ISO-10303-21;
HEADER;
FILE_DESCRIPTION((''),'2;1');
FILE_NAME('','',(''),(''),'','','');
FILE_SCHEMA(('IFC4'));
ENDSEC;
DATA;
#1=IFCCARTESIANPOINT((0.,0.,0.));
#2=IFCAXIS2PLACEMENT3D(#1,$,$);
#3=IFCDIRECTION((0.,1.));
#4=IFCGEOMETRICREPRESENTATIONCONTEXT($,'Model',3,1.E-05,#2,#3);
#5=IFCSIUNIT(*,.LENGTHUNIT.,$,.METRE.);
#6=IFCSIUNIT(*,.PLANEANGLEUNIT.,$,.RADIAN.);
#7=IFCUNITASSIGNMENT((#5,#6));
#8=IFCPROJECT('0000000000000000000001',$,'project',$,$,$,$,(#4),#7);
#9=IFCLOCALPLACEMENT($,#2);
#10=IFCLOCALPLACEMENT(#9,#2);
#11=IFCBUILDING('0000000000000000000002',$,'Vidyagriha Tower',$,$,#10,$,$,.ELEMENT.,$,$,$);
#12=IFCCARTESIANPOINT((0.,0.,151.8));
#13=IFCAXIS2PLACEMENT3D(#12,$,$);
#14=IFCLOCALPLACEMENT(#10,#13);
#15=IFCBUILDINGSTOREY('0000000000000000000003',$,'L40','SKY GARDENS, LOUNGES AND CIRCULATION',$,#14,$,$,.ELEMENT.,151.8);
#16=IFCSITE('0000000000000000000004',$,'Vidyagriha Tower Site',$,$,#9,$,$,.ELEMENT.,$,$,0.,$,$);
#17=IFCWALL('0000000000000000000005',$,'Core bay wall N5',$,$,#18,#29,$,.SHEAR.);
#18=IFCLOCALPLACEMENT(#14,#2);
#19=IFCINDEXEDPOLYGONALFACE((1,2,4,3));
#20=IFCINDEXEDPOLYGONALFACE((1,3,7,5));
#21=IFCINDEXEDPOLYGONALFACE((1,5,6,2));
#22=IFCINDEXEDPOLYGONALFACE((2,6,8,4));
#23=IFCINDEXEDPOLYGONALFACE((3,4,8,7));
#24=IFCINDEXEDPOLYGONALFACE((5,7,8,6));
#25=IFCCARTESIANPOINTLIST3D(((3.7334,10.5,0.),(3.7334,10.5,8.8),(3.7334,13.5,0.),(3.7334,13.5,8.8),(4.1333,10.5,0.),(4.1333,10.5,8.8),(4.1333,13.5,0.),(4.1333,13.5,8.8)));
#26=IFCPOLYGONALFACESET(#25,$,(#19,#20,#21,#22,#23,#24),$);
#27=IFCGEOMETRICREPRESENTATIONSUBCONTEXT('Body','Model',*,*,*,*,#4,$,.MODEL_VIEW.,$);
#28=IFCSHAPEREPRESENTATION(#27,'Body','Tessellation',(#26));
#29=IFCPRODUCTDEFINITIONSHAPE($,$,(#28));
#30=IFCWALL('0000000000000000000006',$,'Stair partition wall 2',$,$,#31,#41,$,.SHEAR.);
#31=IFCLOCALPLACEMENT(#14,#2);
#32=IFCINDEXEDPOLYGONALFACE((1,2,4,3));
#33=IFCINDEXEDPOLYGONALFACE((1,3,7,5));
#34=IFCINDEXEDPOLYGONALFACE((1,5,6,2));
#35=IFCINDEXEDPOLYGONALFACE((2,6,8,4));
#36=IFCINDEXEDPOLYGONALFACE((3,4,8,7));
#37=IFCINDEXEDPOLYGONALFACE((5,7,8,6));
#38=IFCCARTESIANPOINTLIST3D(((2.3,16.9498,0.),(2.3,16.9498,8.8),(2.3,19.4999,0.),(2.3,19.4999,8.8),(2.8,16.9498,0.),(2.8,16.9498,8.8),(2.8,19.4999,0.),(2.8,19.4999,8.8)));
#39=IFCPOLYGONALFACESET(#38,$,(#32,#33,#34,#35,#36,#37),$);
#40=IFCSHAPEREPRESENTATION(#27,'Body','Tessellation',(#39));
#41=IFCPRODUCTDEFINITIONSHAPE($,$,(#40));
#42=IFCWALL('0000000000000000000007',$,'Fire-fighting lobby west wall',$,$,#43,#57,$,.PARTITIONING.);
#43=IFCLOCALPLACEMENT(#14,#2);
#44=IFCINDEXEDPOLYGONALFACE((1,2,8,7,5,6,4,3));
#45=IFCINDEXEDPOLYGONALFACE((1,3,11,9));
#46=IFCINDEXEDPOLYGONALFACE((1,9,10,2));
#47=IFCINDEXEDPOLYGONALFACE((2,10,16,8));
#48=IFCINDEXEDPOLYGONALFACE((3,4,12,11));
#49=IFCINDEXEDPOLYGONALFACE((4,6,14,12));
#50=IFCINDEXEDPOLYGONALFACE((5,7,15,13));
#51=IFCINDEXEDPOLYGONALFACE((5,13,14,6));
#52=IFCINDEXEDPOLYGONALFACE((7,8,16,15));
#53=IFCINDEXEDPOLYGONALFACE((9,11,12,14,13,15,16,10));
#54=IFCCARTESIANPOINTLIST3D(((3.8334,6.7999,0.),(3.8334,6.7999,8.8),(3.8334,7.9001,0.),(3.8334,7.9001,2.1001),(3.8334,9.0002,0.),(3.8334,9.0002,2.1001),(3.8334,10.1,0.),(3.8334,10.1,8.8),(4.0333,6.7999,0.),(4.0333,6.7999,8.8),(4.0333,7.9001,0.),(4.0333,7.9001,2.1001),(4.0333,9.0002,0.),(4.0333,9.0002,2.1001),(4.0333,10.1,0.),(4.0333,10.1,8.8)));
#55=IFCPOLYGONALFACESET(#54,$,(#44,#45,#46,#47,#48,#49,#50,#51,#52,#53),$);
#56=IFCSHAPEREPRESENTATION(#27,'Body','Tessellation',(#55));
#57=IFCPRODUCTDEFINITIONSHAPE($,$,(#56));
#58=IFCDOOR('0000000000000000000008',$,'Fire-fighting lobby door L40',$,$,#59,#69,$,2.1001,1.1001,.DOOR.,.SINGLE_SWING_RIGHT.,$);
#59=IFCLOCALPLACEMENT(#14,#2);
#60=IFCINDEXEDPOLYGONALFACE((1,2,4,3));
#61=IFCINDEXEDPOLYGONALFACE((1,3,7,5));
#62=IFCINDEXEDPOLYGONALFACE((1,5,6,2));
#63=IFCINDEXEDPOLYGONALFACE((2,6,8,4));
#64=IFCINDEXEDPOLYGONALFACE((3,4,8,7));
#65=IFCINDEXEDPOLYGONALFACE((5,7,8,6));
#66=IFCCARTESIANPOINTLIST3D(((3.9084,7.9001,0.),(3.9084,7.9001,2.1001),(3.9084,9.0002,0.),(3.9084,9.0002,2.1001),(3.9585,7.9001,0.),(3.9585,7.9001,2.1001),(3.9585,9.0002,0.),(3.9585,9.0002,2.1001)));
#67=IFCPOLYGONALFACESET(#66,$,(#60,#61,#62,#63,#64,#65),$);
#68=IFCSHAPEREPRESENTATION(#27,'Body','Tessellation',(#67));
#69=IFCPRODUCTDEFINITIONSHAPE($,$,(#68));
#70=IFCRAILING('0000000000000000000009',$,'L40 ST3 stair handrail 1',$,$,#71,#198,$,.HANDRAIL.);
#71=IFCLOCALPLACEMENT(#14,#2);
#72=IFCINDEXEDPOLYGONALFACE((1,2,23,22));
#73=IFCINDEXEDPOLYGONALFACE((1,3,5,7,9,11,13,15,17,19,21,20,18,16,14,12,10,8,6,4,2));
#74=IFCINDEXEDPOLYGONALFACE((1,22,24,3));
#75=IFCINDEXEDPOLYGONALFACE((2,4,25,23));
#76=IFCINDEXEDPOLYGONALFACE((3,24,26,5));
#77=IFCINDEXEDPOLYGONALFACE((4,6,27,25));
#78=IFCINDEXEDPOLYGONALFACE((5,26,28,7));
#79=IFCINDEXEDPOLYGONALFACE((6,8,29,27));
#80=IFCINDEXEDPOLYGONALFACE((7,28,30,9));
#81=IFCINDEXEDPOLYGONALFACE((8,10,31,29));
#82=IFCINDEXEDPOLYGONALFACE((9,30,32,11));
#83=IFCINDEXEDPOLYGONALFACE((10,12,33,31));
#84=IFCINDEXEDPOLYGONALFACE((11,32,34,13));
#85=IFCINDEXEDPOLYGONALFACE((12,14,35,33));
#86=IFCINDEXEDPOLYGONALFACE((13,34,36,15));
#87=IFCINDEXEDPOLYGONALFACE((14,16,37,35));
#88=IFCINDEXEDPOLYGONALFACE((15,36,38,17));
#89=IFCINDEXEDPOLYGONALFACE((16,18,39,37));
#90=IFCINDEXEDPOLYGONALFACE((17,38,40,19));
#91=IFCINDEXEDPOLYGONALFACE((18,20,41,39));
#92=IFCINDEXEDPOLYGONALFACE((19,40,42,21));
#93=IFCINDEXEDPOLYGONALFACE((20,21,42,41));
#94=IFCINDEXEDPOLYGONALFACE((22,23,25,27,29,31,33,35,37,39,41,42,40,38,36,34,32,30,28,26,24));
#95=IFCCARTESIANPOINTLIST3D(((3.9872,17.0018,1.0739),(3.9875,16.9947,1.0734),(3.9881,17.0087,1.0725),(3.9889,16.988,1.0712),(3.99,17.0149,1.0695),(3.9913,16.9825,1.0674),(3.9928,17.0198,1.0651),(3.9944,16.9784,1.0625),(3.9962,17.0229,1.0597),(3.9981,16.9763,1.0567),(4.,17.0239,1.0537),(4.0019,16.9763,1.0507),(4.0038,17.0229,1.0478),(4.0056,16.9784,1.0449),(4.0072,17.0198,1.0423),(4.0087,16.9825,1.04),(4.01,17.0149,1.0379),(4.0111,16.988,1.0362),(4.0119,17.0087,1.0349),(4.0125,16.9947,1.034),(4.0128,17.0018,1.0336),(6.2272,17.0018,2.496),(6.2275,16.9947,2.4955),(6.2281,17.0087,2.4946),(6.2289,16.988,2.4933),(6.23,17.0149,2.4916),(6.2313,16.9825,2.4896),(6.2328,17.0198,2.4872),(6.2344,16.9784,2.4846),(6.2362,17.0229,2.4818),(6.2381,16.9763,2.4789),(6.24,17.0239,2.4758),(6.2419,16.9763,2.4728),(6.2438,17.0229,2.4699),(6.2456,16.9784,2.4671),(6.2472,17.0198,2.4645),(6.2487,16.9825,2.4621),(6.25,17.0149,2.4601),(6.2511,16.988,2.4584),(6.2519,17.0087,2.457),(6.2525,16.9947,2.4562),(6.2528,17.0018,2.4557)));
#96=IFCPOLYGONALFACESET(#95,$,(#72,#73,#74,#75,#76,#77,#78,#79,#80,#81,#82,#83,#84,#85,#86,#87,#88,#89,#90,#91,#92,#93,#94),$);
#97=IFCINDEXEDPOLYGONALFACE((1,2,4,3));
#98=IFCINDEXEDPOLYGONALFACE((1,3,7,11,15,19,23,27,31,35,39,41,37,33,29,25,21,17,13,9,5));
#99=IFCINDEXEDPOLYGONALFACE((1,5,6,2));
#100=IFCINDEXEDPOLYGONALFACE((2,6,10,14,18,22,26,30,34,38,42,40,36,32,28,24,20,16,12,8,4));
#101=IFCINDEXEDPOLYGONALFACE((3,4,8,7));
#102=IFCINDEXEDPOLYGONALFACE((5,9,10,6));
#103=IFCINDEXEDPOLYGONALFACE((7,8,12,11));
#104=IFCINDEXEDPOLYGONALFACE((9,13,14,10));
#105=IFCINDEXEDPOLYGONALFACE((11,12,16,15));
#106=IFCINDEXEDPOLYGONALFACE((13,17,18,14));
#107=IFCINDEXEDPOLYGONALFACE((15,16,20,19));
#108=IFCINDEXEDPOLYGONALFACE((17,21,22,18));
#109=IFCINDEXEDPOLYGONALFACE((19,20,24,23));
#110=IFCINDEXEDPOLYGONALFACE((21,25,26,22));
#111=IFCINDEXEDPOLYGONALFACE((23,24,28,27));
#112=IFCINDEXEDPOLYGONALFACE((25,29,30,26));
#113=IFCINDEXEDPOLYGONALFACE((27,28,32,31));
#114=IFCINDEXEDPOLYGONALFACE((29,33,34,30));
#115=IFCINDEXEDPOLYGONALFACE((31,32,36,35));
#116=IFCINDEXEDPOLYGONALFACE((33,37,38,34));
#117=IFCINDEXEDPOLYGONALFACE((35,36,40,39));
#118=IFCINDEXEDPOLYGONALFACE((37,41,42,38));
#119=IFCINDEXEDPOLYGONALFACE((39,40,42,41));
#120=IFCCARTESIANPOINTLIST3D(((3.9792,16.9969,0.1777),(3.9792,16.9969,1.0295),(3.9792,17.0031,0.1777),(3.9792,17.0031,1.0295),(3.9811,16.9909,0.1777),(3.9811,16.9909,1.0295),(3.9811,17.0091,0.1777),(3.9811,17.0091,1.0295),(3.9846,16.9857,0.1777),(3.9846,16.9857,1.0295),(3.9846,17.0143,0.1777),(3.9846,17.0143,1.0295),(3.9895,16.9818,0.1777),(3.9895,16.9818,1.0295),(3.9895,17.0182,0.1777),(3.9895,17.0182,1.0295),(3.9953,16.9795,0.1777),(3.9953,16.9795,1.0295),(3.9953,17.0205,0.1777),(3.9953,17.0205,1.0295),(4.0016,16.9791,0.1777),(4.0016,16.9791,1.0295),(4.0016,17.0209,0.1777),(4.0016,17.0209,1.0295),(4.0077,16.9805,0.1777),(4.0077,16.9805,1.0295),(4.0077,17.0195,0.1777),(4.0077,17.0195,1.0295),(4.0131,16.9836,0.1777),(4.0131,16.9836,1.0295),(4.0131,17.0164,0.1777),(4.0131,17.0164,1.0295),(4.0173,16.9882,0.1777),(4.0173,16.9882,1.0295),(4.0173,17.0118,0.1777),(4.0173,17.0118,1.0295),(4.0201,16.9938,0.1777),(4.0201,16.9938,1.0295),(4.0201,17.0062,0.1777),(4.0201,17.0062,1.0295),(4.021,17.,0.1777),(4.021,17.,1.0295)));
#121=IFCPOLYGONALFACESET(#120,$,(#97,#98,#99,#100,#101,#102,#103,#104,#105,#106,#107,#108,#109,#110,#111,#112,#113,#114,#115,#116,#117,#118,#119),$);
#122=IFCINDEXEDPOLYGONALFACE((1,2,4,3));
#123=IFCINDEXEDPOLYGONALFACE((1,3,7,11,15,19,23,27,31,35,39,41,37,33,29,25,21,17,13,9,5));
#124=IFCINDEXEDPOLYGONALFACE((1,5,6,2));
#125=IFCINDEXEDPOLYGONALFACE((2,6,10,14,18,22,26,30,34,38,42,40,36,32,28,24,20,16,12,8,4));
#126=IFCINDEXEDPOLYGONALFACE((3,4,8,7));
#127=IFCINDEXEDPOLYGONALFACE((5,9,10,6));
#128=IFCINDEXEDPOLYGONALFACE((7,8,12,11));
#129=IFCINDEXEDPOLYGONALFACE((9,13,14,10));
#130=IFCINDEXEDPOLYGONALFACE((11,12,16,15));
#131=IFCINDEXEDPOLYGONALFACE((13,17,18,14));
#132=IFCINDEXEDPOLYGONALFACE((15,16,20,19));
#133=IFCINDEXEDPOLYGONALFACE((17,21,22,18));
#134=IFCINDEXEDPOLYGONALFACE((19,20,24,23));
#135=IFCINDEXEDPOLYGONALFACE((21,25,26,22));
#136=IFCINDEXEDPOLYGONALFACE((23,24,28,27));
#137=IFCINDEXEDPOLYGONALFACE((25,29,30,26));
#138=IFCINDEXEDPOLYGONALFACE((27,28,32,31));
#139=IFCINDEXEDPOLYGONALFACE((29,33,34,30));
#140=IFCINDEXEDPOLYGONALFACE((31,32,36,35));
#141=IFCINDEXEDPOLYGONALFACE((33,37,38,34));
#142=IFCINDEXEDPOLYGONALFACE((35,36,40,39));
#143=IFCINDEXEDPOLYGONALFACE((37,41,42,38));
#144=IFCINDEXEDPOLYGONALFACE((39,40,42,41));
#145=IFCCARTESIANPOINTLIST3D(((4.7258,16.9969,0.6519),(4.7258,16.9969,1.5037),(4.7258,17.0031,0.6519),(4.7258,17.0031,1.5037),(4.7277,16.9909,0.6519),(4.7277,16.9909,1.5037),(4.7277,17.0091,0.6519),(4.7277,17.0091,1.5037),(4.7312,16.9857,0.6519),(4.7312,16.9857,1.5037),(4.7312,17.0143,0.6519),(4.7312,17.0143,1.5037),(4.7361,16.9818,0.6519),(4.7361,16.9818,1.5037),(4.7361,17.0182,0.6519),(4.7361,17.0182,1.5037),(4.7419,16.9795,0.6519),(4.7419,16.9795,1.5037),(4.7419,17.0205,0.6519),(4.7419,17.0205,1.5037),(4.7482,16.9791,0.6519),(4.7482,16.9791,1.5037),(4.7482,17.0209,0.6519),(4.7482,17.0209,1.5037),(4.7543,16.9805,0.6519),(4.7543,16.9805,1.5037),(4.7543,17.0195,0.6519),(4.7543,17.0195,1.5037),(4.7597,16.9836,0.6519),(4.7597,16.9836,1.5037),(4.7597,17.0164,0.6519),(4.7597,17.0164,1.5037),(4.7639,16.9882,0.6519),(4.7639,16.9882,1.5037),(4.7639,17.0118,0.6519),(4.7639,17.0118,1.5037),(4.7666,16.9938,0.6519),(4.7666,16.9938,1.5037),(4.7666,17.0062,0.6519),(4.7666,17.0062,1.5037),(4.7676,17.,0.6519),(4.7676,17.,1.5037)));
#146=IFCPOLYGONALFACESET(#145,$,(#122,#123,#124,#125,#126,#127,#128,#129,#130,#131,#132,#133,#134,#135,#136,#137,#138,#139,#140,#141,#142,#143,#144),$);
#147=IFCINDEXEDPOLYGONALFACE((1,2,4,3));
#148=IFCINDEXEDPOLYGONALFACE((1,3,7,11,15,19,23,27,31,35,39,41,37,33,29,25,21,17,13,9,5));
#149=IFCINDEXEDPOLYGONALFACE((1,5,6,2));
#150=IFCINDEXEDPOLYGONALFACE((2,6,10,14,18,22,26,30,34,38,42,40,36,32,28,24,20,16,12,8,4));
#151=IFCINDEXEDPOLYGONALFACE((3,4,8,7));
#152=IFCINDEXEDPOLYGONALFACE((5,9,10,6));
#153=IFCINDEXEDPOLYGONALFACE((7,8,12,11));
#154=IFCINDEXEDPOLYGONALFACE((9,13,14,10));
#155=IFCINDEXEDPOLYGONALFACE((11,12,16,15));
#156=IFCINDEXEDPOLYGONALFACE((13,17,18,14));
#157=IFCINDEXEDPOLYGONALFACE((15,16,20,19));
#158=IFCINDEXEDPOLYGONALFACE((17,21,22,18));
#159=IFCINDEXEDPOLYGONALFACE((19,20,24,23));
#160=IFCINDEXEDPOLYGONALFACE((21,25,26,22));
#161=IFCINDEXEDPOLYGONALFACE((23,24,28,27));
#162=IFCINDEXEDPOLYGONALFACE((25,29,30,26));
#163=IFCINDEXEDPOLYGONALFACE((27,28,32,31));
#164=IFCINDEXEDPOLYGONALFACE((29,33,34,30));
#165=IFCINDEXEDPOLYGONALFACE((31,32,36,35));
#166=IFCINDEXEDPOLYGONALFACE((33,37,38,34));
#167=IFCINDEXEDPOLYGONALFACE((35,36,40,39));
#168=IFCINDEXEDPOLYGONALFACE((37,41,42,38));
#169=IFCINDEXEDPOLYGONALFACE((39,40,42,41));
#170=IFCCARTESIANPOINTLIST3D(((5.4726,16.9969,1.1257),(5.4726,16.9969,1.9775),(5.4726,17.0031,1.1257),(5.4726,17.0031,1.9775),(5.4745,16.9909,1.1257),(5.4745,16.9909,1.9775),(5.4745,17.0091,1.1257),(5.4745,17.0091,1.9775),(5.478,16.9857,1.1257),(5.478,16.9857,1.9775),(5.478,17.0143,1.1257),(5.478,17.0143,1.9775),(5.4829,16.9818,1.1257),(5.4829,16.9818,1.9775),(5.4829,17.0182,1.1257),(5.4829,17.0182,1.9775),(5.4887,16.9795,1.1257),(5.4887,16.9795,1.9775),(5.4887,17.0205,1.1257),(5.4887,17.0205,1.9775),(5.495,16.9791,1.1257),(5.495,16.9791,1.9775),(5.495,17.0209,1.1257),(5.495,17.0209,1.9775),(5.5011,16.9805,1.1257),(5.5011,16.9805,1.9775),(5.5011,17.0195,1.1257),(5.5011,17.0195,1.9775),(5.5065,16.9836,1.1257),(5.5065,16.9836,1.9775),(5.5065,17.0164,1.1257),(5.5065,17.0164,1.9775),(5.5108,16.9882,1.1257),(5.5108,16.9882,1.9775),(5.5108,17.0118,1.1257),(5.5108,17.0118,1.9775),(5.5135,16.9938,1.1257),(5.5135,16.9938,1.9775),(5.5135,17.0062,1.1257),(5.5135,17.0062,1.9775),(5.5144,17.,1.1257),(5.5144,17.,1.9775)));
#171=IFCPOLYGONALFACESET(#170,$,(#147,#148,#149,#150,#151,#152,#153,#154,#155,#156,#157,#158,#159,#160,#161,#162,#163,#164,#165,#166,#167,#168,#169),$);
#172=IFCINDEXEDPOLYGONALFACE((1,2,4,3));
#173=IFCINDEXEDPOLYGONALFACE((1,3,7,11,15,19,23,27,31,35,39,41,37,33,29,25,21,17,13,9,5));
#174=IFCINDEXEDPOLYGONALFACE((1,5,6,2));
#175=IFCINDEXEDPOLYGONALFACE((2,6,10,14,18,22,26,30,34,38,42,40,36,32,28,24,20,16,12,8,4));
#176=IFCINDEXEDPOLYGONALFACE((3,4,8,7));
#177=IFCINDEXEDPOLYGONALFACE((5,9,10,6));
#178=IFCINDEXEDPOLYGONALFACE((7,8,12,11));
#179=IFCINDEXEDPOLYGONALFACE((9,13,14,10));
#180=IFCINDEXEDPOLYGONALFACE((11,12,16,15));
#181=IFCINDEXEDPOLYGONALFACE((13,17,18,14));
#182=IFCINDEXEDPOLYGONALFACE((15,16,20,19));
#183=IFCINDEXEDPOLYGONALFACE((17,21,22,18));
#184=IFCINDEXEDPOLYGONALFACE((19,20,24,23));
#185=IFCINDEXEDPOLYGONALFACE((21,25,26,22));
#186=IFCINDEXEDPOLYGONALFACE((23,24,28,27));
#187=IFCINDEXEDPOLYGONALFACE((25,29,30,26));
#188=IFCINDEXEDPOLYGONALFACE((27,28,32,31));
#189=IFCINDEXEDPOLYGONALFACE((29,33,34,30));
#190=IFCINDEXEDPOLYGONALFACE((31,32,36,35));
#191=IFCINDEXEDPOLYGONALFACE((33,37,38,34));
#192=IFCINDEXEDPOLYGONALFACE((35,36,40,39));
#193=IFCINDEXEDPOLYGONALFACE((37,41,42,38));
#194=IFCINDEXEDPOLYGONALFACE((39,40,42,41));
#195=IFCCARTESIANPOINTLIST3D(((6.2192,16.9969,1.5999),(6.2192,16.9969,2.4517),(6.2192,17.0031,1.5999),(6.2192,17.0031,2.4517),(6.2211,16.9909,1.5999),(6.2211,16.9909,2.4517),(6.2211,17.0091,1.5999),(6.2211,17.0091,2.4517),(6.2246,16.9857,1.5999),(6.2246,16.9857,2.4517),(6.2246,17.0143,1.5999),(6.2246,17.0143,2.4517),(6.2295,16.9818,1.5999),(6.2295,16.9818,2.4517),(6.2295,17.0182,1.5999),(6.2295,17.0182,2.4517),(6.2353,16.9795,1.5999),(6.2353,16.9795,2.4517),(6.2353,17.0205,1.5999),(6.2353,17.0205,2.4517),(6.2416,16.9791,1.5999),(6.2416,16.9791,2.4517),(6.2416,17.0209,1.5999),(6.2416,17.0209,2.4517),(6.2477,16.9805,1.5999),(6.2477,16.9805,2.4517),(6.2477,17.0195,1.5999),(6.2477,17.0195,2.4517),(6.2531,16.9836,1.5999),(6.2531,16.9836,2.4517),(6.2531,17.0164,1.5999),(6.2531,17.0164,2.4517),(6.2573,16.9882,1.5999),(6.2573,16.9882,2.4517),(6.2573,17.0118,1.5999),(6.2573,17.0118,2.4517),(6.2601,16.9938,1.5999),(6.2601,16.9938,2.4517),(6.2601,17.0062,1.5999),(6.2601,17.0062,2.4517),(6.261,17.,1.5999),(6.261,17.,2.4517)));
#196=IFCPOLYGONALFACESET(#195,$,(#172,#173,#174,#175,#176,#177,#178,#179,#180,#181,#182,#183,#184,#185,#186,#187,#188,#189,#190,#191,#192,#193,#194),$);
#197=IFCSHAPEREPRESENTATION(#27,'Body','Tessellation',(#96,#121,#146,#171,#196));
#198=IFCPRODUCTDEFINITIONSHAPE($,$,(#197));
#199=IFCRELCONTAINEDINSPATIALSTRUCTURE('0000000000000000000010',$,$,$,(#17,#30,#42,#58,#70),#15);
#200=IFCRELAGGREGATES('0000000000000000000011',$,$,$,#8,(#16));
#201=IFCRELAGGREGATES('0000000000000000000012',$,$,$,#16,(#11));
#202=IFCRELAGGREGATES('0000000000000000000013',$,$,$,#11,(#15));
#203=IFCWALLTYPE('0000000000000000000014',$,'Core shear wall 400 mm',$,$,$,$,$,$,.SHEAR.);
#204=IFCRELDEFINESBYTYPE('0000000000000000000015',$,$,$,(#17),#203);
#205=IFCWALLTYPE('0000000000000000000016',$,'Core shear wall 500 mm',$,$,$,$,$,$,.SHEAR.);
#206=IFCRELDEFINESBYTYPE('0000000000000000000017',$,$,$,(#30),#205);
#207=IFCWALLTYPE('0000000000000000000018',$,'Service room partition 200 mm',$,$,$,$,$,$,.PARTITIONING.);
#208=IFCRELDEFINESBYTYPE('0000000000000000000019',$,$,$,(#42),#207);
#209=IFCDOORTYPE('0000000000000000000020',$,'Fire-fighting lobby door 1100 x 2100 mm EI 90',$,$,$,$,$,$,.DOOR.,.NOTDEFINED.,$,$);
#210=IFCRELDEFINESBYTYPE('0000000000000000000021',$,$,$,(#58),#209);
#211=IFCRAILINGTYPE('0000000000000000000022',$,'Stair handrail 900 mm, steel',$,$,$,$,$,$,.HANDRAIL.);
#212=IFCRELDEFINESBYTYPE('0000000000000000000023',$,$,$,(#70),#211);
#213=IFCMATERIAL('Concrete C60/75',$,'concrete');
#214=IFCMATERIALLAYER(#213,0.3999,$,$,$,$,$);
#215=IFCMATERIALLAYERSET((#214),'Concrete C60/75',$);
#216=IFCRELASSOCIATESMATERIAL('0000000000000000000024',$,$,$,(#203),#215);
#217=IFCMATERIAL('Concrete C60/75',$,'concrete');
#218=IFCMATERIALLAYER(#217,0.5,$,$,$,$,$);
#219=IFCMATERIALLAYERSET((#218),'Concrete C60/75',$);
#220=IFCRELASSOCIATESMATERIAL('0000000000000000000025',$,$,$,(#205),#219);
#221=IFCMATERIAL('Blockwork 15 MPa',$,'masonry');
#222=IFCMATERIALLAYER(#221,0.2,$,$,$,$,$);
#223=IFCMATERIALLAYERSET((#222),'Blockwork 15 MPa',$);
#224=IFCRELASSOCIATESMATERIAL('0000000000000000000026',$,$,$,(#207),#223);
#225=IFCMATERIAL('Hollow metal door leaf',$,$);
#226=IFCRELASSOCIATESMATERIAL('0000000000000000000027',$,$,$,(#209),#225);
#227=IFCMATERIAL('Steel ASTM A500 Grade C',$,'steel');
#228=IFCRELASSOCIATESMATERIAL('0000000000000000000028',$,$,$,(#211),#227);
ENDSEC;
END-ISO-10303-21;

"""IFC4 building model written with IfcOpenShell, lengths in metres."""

from ifc_helpers import new_model, si_unit, direction, frame, frame_2d, origin, origin_2d, place, context, subcontext, project, spatial, rectangle, circle, extrude, material, layer, layer_set, type_object, element, fill, save


model = new_model("IFC4")

# Units and contexts
model_context = context("Model", 3, precision=1e-05, world=origin(), true_north=direction((0.0, 1.0)))
body_context = subcontext(model_context, "Body", "Model", "MODEL_VIEW")
ifc_project = project(units=[si_unit("LENGTHUNIT", "METRE"), si_unit("PLANEANGLEUNIT", "RADIAN")], contexts=[model_context])

# Site, building, storey
site_placement = place(None, origin())
site = spatial("IfcSite", under=ifc_project, at=site_placement, Name="Vidyagriha Tower Site", CompositionType="ELEMENT", RefElevation=0.0)
building_placement = place(site_placement, origin())
building = spatial("IfcBuilding", under=site, at=building_placement, Name="Vidyagriha Tower", CompositionType="ELEMENT")
storey_placement = place(building_placement, frame((0.0, 0.0, 151.8)))
storey = spatial("IfcBuildingStorey", under=building, at=storey_placement, Name="L40", Description="SKY GARDENS, LOUNGES AND CIRCULATION", CompositionType="ELEMENT", Elevation=151.8)

# Shared definitions
ifc_material_1 = material(Name="Concrete C60/75", Category="concrete")
ifc_layer_1 = layer(ifc_material_1, 0.3999)
ifc_layer_set_1 = layer_set([ifc_layer_1], Name="Concrete C60/75")
wall_type_1 = type_object("IfcWallType", Name="Core shear wall 400 mm", PredefinedType="SHEAR", material=ifc_layer_set_1)

# Walls
for number, where, z_axis, x_axis, name in (
    (1, (3.9333, 10.5, 0.0), (0.0, 0.0, 1.0), (0.0, 1.0, 0.0), "Core bay wall N5"),
):
    element("IfcWall", number, at=place(storey_placement, frame(where, z_axis=z_axis, x_axis=x_axis)), inside=storey, type_object=wall_type_1, Name=name, PredefinedType="SHEAR", context=body_context, shape_type="SweptSolid", body=[
        extrude(rectangle(XDim=3.0, YDim=0.3999, at=frame_2d((1.5, 0.0))), origin(), (0.0, 0.0, 1.0), 8.8),
    ])
ifc_material_2 = material(Name="Concrete C60/75", Category="concrete")
ifc_layer_2 = layer(ifc_material_2, 0.5)
ifc_layer_set_2 = layer_set([ifc_layer_2], Name="Concrete C60/75")
wall_type_2 = type_object("IfcWallType", Name="Core shear wall 500 mm", PredefinedType="SHEAR", material=ifc_layer_set_2)
wall_1_placement = place(storey_placement, frame((2.55, 16.95, 0.0), z_axis=(0.0, 0.0, 1.0), x_axis=(0.0, 1.0, 0.0)))
element("IfcWall", 2, at=wall_1_placement, inside=storey, type_object=wall_type_2, Name="Stair partition wall 2", PredefinedType="SHEAR", context=body_context, shape_type="SweptSolid", body=[
    extrude(rectangle(XDim=2.55, YDim=0.5, at=frame_2d((1.2749, 0.0))), origin(), (0.0, 0.0, 1.0), 8.8),
])

# Wall, opening, door
ifc_material_3 = material(Name="Blockwork 15 MPa", Category="masonry")
ifc_layer_3 = layer(ifc_material_3, 0.2)
ifc_layer_set_3 = layer_set([ifc_layer_3], Name="Blockwork 15 MPa")
wall_type_3 = type_object("IfcWallType", Name="Service room partition 200 mm", PredefinedType="PARTITIONING", material=ifc_layer_set_3)
wall_2_placement = place(storey_placement, frame((3.9333, 6.8, 0.0), z_axis=(0.0, 0.0, 1.0), x_axis=(0.0, 1.0, 0.0)))
wall_2 = element("IfcWall", 3, at=wall_2_placement, inside=storey, type_object=wall_type_3, Name="Fire-fighting lobby west wall", PredefinedType="PARTITIONING", context=body_context, shape_type="SweptSolid", body=[
    extrude(rectangle(XDim=3.3, YDim=0.2, at=frame_2d((1.6499, 0.0))), origin(), (0.0, 0.0, 1.0), 8.8),
])
opening_1_placement = place(wall_2_placement, frame((1.1001, 0.0, 0.0)))
opening_1 = element("IfcOpeningElement", 4, at=opening_1_placement, cuts=wall_2, PredefinedType="OPENING", context=body_context, shape_type="SweptSolid", body=[
    extrude(rectangle(XDim=1.1001, YDim=2.1001, at=frame_2d((0.55, 1.05))), frame((0.0, 0.1099, 0.0), z_axis=(0.0, -1.0, 0.0), x_axis=(1.0, 0.0, 0.0)), (0.0, 0.0, 1.0), 0.22),
])
ifc_material_4 = material(Name="Hollow metal door leaf")
door_type_1 = type_object("IfcDoorType", Name="Fire-fighting lobby door 1100 x 2100 mm EI 90", OperationType="NOTDEFINED", PredefinedType="DOOR", material=ifc_material_4)
door_1_placement = place(opening_1_placement, origin())
door_1 = element("IfcDoor", 5, at=door_1_placement, inside=storey, type_object=door_type_1, Name="Fire-fighting lobby door L40", OperationType="SINGLE_SWING_RIGHT", OverallHeight=2.1001, OverallWidth=1.1001, PredefinedType="DOOR", context=body_context, shape_type="SweptSolid", body=[
    extrude(rectangle(XDim=1.1001, YDim=2.1001, at=frame_2d((0.55, 1.05))), frame((0.0, 0.0249, 0.0), z_axis=(0.0, -1.0, 0.0), x_axis=(1.0, 0.0, 0.0)), (0.0, 0.0, 1.0), 0.05),
])
fill(opening_1, door_1)

# Railing
ifc_material_5 = material(Name="Steel ASTM A500 Grade C", Category="steel")
railing_type = type_object("IfcRailingType", Name="Stair handrail 900 mm, steel", PredefinedType="HANDRAIL", material=ifc_material_5)
railing_1_placement = place(storey_placement, frame((4.0, 17.0, 0.1777)))
element("IfcRailing", 6, at=railing_1_placement, inside=storey, type_object=railing_type, Name="L40 ST3 stair handrail 1", PredefinedType="HANDRAIL", context=body_context, shape_type="SweptSolid", body=[
    extrude(circle(Radius=0.0239, at=origin_2d()), frame((0.0, 0.0, 0.876), z_axis=(0.844229, 0.0, 0.535982), x_axis=(0.0, 1.0, 0.0)), (0.0, 0.0, 1.0), 2.6533),
    extrude(circle(Radius=0.021, at=origin_2d()), origin(), (0.0, 0.0, 1.0), 0.8518),
    extrude(circle(Radius=0.021, at=origin_2d()), frame((0.7466, 0.0, 0.4741)), (0.0, 0.0, 1.0), 0.8518),
    extrude(circle(Radius=0.021, at=origin_2d()), frame((1.4934, 0.0, 0.948)), (0.0, 0.0, 1.0), 0.8518),
    extrude(circle(Radius=0.021, at=origin_2d()), frame((2.24, 0.0, 1.4221)), (0.0, 0.0, 1.0), 0.8518),
])

save(model, "model.ifc")
